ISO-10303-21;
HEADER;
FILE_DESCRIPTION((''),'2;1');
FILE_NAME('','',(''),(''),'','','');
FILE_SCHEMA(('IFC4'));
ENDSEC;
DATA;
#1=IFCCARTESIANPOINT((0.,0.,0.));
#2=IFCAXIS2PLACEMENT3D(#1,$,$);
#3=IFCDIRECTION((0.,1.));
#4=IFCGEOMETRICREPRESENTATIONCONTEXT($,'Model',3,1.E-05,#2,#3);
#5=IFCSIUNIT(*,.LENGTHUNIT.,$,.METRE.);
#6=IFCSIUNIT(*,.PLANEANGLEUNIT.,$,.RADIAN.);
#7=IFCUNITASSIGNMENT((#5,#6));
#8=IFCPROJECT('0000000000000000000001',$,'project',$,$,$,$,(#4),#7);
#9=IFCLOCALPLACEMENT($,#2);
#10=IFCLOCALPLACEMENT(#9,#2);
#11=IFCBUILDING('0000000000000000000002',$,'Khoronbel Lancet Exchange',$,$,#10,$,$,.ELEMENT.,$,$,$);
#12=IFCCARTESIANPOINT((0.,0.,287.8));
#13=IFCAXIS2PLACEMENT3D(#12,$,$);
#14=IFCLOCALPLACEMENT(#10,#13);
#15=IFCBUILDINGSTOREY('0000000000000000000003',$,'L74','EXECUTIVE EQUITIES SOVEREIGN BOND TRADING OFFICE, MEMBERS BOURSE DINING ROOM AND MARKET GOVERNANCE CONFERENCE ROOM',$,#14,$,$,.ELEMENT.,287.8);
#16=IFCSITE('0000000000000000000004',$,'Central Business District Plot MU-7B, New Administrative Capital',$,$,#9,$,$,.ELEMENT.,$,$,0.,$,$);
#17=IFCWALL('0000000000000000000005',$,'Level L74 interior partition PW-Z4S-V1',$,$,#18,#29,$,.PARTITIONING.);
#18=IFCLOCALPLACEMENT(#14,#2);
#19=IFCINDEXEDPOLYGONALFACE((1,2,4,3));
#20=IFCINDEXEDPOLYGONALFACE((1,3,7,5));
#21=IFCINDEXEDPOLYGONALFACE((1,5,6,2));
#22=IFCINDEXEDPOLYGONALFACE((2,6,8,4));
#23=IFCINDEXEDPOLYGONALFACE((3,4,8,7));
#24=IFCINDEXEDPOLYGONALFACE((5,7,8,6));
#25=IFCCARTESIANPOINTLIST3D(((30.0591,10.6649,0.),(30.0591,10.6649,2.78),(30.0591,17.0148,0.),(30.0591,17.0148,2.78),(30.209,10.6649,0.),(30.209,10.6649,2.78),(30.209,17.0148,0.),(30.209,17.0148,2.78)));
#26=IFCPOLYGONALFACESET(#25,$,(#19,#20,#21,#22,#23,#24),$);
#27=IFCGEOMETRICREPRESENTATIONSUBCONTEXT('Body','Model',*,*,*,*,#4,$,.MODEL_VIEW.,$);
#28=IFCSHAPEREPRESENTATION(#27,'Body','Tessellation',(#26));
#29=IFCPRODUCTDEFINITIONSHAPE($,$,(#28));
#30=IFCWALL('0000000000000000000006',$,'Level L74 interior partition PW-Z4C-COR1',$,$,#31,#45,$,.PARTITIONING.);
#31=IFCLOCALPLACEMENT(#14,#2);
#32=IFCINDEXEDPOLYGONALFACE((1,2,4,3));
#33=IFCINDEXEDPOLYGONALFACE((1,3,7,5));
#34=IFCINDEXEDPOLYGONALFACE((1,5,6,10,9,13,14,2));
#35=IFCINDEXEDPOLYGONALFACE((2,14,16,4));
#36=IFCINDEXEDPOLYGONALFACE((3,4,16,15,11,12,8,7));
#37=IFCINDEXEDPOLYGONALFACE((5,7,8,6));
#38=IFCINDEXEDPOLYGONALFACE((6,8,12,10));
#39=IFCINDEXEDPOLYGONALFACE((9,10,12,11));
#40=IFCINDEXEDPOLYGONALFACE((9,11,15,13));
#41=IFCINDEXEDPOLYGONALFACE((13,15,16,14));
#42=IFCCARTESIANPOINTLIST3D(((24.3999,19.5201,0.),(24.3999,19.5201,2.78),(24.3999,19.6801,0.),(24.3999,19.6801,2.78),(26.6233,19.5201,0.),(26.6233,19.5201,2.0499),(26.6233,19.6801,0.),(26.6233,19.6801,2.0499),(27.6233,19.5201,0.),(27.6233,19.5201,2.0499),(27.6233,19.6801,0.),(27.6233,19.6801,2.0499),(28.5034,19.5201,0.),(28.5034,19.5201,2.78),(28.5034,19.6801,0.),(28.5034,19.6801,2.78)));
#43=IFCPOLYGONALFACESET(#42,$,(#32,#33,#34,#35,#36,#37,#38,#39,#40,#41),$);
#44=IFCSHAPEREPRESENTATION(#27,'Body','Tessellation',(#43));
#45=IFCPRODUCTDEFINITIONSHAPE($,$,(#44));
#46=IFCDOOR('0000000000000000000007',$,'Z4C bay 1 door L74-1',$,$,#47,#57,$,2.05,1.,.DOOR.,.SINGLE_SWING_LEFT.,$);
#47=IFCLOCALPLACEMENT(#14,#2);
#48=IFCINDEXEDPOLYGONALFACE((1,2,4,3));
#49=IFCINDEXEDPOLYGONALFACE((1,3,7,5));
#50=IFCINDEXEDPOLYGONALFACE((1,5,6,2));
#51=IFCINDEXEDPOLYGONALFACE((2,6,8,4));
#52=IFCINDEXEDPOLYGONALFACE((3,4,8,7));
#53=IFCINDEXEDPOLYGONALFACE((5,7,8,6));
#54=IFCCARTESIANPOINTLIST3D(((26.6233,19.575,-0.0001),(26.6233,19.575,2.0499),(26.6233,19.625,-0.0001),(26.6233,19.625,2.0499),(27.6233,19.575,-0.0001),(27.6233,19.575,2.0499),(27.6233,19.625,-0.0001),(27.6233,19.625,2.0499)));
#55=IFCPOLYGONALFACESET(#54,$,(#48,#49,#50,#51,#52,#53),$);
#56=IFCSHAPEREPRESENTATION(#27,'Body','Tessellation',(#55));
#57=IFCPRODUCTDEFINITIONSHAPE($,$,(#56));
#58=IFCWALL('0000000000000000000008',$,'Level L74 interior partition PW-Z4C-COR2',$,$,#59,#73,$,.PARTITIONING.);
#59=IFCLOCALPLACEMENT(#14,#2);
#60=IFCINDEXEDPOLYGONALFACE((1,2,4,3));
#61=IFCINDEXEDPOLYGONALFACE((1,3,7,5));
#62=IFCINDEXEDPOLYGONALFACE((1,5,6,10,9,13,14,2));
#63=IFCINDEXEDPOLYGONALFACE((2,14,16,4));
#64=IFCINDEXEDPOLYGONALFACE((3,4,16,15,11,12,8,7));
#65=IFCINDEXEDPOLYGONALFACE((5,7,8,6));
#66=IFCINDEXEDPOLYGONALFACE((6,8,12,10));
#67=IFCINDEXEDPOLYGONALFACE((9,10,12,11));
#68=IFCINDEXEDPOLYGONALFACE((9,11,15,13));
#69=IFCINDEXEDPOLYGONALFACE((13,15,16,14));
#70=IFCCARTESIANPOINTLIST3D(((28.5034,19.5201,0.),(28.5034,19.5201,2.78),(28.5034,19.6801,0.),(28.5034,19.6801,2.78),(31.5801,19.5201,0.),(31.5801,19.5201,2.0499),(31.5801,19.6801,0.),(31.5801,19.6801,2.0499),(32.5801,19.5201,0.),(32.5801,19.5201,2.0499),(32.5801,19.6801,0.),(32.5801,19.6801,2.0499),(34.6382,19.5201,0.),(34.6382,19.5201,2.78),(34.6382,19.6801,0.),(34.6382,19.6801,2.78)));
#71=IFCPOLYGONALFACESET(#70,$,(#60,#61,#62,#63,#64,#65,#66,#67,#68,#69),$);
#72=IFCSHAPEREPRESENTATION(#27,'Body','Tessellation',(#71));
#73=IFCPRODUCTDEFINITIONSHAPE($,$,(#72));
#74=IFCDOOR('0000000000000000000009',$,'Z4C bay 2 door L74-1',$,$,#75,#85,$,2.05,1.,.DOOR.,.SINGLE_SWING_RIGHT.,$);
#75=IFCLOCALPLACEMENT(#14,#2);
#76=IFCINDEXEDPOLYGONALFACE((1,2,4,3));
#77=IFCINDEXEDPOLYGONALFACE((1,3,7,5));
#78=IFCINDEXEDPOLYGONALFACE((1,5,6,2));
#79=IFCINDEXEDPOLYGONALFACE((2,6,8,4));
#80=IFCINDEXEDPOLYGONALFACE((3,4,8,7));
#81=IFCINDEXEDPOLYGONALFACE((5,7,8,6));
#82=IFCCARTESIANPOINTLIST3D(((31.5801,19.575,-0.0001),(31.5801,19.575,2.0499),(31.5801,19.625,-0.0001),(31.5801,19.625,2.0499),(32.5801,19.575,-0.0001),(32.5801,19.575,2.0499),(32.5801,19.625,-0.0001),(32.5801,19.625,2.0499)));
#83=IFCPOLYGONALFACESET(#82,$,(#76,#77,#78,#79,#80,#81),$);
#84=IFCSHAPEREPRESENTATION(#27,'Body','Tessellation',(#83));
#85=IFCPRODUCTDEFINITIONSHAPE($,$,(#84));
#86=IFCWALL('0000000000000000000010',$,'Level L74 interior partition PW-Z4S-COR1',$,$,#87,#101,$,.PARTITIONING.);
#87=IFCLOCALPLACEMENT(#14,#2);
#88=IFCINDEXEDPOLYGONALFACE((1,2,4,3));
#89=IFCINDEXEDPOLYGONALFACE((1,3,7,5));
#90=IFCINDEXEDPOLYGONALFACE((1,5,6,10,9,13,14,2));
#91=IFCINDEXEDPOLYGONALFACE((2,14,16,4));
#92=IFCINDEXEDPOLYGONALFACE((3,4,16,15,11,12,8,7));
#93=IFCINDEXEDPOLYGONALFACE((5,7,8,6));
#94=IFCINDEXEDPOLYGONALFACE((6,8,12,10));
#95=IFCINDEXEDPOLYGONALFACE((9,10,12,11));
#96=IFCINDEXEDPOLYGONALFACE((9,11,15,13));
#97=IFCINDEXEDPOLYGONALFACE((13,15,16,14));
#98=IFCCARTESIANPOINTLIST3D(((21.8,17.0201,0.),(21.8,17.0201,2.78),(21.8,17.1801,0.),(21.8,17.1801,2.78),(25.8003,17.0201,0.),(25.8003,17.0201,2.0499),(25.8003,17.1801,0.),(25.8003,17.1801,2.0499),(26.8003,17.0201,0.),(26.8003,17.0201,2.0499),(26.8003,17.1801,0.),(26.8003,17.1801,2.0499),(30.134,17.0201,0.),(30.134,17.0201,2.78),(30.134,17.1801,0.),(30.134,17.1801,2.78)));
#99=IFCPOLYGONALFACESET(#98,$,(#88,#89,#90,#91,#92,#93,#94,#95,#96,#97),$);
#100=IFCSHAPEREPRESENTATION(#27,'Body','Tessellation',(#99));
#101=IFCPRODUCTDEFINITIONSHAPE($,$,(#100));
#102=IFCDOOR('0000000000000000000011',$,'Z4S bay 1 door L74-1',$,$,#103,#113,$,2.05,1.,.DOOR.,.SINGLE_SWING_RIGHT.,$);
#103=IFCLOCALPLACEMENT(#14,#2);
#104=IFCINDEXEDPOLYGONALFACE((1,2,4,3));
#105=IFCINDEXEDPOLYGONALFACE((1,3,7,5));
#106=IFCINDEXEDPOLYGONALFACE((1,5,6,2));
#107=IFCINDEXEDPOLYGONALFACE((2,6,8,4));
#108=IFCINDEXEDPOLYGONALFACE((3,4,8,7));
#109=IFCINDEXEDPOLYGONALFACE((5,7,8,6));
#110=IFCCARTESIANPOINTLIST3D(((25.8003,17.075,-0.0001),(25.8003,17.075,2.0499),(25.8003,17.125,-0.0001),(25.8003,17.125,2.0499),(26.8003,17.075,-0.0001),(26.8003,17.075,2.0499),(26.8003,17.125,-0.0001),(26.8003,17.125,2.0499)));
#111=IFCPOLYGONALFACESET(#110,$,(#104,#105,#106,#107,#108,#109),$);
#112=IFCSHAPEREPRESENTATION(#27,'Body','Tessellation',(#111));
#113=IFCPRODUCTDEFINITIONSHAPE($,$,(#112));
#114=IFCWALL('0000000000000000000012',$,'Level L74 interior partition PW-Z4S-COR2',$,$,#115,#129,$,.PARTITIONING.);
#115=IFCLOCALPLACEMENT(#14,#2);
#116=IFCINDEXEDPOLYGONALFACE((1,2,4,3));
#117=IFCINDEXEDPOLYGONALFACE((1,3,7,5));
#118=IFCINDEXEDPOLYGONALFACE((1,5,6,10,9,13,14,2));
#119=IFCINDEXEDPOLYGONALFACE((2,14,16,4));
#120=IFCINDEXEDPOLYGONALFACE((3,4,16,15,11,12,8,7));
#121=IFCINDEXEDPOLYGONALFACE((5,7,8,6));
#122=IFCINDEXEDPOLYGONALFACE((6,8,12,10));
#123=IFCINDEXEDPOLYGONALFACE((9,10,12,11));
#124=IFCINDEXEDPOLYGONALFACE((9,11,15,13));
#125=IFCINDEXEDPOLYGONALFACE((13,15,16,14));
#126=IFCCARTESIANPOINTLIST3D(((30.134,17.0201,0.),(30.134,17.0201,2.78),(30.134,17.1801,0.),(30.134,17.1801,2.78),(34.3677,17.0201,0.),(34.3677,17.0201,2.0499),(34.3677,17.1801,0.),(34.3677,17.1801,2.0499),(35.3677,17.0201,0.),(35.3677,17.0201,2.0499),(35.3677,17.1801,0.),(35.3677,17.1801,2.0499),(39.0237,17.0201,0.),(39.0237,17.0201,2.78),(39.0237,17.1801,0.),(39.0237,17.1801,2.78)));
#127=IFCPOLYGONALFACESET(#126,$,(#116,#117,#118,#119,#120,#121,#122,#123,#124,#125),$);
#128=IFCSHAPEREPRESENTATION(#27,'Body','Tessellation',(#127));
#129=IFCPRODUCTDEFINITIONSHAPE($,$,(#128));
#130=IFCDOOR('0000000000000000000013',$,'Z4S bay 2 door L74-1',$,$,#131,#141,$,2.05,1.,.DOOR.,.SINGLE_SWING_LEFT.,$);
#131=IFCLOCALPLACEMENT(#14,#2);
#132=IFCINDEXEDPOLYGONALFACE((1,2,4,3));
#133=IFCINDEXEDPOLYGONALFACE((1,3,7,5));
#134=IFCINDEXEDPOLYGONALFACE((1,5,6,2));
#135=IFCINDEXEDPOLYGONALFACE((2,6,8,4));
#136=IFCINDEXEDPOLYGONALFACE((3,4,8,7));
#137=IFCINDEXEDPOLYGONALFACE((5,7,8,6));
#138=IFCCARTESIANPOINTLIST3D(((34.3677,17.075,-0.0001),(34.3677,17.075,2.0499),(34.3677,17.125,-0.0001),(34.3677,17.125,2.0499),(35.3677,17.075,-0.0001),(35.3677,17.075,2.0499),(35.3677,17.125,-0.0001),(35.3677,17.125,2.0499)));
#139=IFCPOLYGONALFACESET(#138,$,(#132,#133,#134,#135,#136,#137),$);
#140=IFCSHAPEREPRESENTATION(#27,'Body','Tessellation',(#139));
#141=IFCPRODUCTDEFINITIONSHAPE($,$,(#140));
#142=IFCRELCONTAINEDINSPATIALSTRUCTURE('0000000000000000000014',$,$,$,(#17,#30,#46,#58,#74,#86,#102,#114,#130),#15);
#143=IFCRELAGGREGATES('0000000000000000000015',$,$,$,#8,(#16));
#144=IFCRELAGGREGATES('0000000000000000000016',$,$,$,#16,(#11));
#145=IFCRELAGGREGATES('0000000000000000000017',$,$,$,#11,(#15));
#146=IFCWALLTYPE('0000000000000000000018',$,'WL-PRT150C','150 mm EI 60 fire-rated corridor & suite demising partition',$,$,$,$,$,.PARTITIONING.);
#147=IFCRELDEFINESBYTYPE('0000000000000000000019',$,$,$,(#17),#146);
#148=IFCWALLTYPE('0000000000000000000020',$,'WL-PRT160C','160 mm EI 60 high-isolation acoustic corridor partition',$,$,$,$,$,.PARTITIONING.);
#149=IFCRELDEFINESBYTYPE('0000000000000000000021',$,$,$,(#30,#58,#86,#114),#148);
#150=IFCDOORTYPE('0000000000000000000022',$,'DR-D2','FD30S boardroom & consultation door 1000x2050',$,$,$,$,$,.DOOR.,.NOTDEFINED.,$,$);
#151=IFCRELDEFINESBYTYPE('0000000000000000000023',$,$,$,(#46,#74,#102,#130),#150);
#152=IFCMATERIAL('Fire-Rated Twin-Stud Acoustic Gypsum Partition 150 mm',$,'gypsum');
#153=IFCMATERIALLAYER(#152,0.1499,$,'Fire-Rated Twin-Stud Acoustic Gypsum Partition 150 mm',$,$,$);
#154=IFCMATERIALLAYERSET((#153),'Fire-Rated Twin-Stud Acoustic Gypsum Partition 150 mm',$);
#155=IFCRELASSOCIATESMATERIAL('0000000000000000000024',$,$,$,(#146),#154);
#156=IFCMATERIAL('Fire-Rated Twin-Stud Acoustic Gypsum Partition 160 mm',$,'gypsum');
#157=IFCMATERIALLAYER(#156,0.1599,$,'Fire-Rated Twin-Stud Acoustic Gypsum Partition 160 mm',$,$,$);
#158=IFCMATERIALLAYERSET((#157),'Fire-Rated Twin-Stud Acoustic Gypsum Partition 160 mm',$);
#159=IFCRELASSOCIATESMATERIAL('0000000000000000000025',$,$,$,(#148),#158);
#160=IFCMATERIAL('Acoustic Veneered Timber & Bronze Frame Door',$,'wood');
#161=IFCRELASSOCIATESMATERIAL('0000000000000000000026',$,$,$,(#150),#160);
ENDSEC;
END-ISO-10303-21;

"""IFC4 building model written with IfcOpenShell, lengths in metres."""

from ifc_helpers import new_model, si_unit, direction, frame, frame_2d, origin, place, context, subcontext, project, spatial, rectangle, extrude, material, layer, layer_set, type_object, element, fill, save


model = new_model("IFC4")

# Units and contexts
model_context = context("Model", 3, precision=1e-05, world=origin(), true_north=direction((0.0, 1.0)))
body_context = subcontext(model_context, "Body", "Model", "MODEL_VIEW")
ifc_project = project(units=[si_unit("LENGTHUNIT", "METRE"), si_unit("PLANEANGLEUNIT", "RADIAN")], contexts=[model_context])

# Site, building, storey
site_placement = place(None, origin())
site = spatial("IfcSite", under=ifc_project, at=site_placement, Name="Central Business District Plot MU-7B, New Administrative Capital", CompositionType="ELEMENT", RefElevation=0.0)
building_placement = place(site_placement, origin())
building = spatial("IfcBuilding", under=site, at=building_placement, Name="Khoronbel Lancet Exchange", CompositionType="ELEMENT")
storey_placement = place(building_placement, frame((0.0, 0.0, 287.8)))
storey = spatial("IfcBuildingStorey", under=building, at=storey_placement, Name="L74", Description="EXECUTIVE EQUITIES SOVEREIGN BOND TRADING OFFICE, MEMBERS BOURSE DINING ROOM AND MARKET GOVERNANCE CONFERENCE ROOM", CompositionType="ELEMENT", Elevation=287.8)

# Shared definitions
ifc_material_1 = material(Name="Fire-Rated Twin-Stud Acoustic Gypsum Partition 150 mm", Category="gypsum")
ifc_layer_1 = layer(ifc_material_1, 0.1499, Name="Fire-Rated Twin-Stud Acoustic Gypsum Partition 150 mm")
ifc_layer_set_1 = layer_set([ifc_layer_1], Name="Fire-Rated Twin-Stud Acoustic Gypsum Partition 150 mm")
wall_type_1 = type_object("IfcWallType", Name="WL-PRT150C", Description="150 mm EI 60 fire-rated corridor & suite demising partition", PredefinedType="PARTITIONING", material=ifc_layer_set_1)

# Wall
wall_1_placement = place(storey_placement, frame((30.134, 10.665, 0.0), z_axis=(0.0, 0.0, 1.0), x_axis=(0.0, 1.0, 0.0)))
element("IfcWall", 1, at=wall_1_placement, inside=storey, type_object=wall_type_1, Name="Level L74 interior partition PW-Z4S-V1", PredefinedType="PARTITIONING", context=body_context, shape_type="SweptSolid", body=[
    extrude(rectangle(XDim=6.3499, YDim=0.1499, at=frame_2d((3.1748, 0.0))), origin(), (0.0, 0.0, 1.0), 2.78),
])

# Walls, openings, doors
ifc_material_2 = material(Name="Fire-Rated Twin-Stud Acoustic Gypsum Partition 160 mm", Category="gypsum")
ifc_layer_2 = layer(ifc_material_2, 0.1599, Name="Fire-Rated Twin-Stud Acoustic Gypsum Partition 160 mm")
ifc_layer_set_2 = layer_set([ifc_layer_2], Name="Fire-Rated Twin-Stud Acoustic Gypsum Partition 160 mm")
wall_type_2 = type_object("IfcWallType", Name="WL-PRT160C", Description="160 mm EI 60 high-isolation acoustic corridor partition", PredefinedType="PARTITIONING", material=ifc_layer_set_2)
wall_2_placement = place(storey_placement, frame((24.3999, 19.6001, 0.0), z_axis=(0.0, 0.0, 1.0), x_axis=(1.0, 0.0, 0.0)))
wall_2 = element("IfcWall", 2, at=wall_2_placement, inside=storey, type_object=wall_type_2, Name="Level L74 interior partition PW-Z4C-COR1", PredefinedType="PARTITIONING", context=body_context, shape_type="SweptSolid", body=[
    extrude(rectangle(XDim=4.1035, YDim=0.1599, at=frame_2d((2.0518, 0.0))), origin(), (0.0, 0.0, 1.0), 2.78),
])
opening_1_placement = place(wall_2_placement, frame((2.2234, 0.0, 0.0)))
opening_1 = element("IfcOpeningElement", 3, at=opening_1_placement, cuts=wall_2, PredefinedType="OPENING", context=body_context, shape_type="SweptSolid", body=[
    extrude(rectangle(XDim=1.0, YDim=2.05, at=frame_2d((0.5, 1.0249))), frame((0.0, 0.0898, 0.0), z_axis=(0.0, -1.0, 0.0), x_axis=(1.0, 0.0, 0.0)), (0.0, 0.0, 1.0), 0.1799),
])
ifc_material_3 = material(Name="Acoustic Veneered Timber & Bronze Frame Door", Category="wood")
door_type_1 = type_object("IfcDoorType", Name="DR-D2", Description="FD30S boardroom & consultation door 1000x2050", OperationType="NOTDEFINED", PredefinedType="DOOR", material=ifc_material_3)
door_1_placement = place(opening_1_placement, origin())
door_1 = element("IfcDoor", 4, at=door_1_placement, inside=storey, type_object=door_type_1, Name="Z4C bay 1 door L74-1", OperationType="SINGLE_SWING_LEFT", OverallHeight=2.05, OverallWidth=1.0, PredefinedType="DOOR", context=body_context, shape_type="SweptSolid", body=[
    extrude(rectangle(XDim=1.0, YDim=2.05, at=frame_2d((0.5, 1.0249))), frame((0.0, 0.0249, 0.0), z_axis=(0.0, -1.0, 0.0), x_axis=(1.0, 0.0, 0.0)), (0.0, 0.0, 1.0), 0.05),
])
fill(opening_1, door_1)
wall_3_placement = place(storey_placement, frame((28.5034, 19.6001, 0.0), z_axis=(0.0, 0.0, 1.0), x_axis=(1.0, 0.0, 0.0)))
wall_3 = element("IfcWall", 5, at=wall_3_placement, inside=storey, type_object=wall_type_2, Name="Level L74 interior partition PW-Z4C-COR2", PredefinedType="PARTITIONING", context=body_context, shape_type="SweptSolid", body=[
    extrude(rectangle(XDim=6.1348, YDim=0.1599, at=frame_2d((3.0674, 0.0))), origin(), (0.0, 0.0, 1.0), 2.78),
])
opening_2_placement = place(wall_3_placement, frame((3.0767, 0.0, 0.0)))
opening_2 = element("IfcOpeningElement", 6, at=opening_2_placement, cuts=wall_3, PredefinedType="OPENING", context=body_context, shape_type="SweptSolid", body=[
    extrude(rectangle(XDim=1.0, YDim=2.05, at=frame_2d((0.5, 1.0249))), frame((0.0, 0.0898, 0.0), z_axis=(0.0, -1.0, 0.0), x_axis=(1.0, 0.0, 0.0)), (0.0, 0.0, 1.0), 0.1799),
])
door_2_placement = place(opening_2_placement, origin())
door_2 = element("IfcDoor", 7, at=door_2_placement, inside=storey, type_object=door_type_1, Name="Z4C bay 2 door L74-1", OperationType="SINGLE_SWING_RIGHT", OverallHeight=2.05, OverallWidth=1.0, PredefinedType="DOOR", context=body_context, shape_type="SweptSolid", body=[
    extrude(rectangle(XDim=1.0, YDim=2.05, at=frame_2d((0.5, 1.0249))), frame((0.0, 0.0249, 0.0), z_axis=(0.0, -1.0, 0.0), x_axis=(1.0, 0.0, 0.0)), (0.0, 0.0, 1.0), 0.05),
])
fill(opening_2, door_2)
wall_4_placement = place(storey_placement, frame((21.8, 17.1001, 0.0), z_axis=(0.0, 0.0, 1.0), x_axis=(1.0, 0.0, 0.0)))
wall_4 = element("IfcWall", 8, at=wall_4_placement, inside=storey, type_object=wall_type_2, Name="Level L74 interior partition PW-Z4S-COR1", PredefinedType="PARTITIONING", context=body_context, shape_type="SweptSolid", body=[
    extrude(rectangle(XDim=8.334, YDim=0.1599, at=frame_2d((4.167, 0.0))), origin(), (0.0, 0.0, 1.0), 2.78),
])
opening_3_placement = place(wall_4_placement, frame((4.0002, 0.0, 0.0)))
opening_3 = element("IfcOpeningElement", 9, at=opening_3_placement, cuts=wall_4, PredefinedType="OPENING", context=body_context, shape_type="SweptSolid", body=[
    extrude(rectangle(XDim=1.0, YDim=2.05, at=frame_2d((0.5, 1.0249))), frame((0.0, 0.0898, 0.0), z_axis=(0.0, -1.0, 0.0), x_axis=(1.0, 0.0, 0.0)), (0.0, 0.0, 1.0), 0.1799),
])
door_3_placement = place(opening_3_placement, origin())
door_3 = element("IfcDoor", 10, at=door_3_placement, inside=storey, type_object=door_type_1, Name="Z4S bay 1 door L74-1", OperationType="SINGLE_SWING_RIGHT", OverallHeight=2.05, OverallWidth=1.0, PredefinedType="DOOR", context=body_context, shape_type="SweptSolid", body=[
    extrude(rectangle(XDim=1.0, YDim=2.05, at=frame_2d((0.5, 1.0249))), frame((0.0, 0.0249, 0.0), z_axis=(0.0, -1.0, 0.0), x_axis=(1.0, 0.0, 0.0)), (0.0, 0.0, 1.0), 0.05),
])
fill(opening_3, door_3)
wall_5_placement = place(storey_placement, frame((30.134, 17.1001, 0.0), z_axis=(0.0, 0.0, 1.0), x_axis=(1.0, 0.0, 0.0)))
wall_5 = element("IfcWall", 11, at=wall_5_placement, inside=storey, type_object=wall_type_2, Name="Level L74 interior partition PW-Z4S-COR2", PredefinedType="PARTITIONING", context=body_context, shape_type="SweptSolid", body=[
    extrude(rectangle(XDim=8.8896, YDim=0.1599, at=frame_2d((4.4448, 0.0))), origin(), (0.0, 0.0, 1.0), 2.78),
])
opening_4_placement = place(wall_5_placement, frame((4.2336, 0.0, 0.0)))
opening_4 = element("IfcOpeningElement", 12, at=opening_4_placement, cuts=wall_5, PredefinedType="OPENING", context=body_context, shape_type="SweptSolid", body=[
    extrude(rectangle(XDim=1.0, YDim=2.05, at=frame_2d((0.5, 1.0249))), frame((0.0, 0.0898, 0.0), z_axis=(0.0, -1.0, 0.0), x_axis=(1.0, 0.0, 0.0)), (0.0, 0.0, 1.0), 0.1799),
])
door_4_placement = place(opening_4_placement, origin())
door_4 = element("IfcDoor", 13, at=door_4_placement, inside=storey, type_object=door_type_1, Name="Z4S bay 2 door L74-1", OperationType="SINGLE_SWING_LEFT", OverallHeight=2.05, OverallWidth=1.0, PredefinedType="DOOR", context=body_context, shape_type="SweptSolid", body=[
    extrude(rectangle(XDim=1.0, YDim=2.05, at=frame_2d((0.5, 1.0249))), frame((0.0, 0.0249, 0.0), z_axis=(0.0, -1.0, 0.0), x_axis=(1.0, 0.0, 0.0)), (0.0, 0.0, 1.0), 0.05),
])
fill(opening_4, door_4)

save(model, "model.ifc")
